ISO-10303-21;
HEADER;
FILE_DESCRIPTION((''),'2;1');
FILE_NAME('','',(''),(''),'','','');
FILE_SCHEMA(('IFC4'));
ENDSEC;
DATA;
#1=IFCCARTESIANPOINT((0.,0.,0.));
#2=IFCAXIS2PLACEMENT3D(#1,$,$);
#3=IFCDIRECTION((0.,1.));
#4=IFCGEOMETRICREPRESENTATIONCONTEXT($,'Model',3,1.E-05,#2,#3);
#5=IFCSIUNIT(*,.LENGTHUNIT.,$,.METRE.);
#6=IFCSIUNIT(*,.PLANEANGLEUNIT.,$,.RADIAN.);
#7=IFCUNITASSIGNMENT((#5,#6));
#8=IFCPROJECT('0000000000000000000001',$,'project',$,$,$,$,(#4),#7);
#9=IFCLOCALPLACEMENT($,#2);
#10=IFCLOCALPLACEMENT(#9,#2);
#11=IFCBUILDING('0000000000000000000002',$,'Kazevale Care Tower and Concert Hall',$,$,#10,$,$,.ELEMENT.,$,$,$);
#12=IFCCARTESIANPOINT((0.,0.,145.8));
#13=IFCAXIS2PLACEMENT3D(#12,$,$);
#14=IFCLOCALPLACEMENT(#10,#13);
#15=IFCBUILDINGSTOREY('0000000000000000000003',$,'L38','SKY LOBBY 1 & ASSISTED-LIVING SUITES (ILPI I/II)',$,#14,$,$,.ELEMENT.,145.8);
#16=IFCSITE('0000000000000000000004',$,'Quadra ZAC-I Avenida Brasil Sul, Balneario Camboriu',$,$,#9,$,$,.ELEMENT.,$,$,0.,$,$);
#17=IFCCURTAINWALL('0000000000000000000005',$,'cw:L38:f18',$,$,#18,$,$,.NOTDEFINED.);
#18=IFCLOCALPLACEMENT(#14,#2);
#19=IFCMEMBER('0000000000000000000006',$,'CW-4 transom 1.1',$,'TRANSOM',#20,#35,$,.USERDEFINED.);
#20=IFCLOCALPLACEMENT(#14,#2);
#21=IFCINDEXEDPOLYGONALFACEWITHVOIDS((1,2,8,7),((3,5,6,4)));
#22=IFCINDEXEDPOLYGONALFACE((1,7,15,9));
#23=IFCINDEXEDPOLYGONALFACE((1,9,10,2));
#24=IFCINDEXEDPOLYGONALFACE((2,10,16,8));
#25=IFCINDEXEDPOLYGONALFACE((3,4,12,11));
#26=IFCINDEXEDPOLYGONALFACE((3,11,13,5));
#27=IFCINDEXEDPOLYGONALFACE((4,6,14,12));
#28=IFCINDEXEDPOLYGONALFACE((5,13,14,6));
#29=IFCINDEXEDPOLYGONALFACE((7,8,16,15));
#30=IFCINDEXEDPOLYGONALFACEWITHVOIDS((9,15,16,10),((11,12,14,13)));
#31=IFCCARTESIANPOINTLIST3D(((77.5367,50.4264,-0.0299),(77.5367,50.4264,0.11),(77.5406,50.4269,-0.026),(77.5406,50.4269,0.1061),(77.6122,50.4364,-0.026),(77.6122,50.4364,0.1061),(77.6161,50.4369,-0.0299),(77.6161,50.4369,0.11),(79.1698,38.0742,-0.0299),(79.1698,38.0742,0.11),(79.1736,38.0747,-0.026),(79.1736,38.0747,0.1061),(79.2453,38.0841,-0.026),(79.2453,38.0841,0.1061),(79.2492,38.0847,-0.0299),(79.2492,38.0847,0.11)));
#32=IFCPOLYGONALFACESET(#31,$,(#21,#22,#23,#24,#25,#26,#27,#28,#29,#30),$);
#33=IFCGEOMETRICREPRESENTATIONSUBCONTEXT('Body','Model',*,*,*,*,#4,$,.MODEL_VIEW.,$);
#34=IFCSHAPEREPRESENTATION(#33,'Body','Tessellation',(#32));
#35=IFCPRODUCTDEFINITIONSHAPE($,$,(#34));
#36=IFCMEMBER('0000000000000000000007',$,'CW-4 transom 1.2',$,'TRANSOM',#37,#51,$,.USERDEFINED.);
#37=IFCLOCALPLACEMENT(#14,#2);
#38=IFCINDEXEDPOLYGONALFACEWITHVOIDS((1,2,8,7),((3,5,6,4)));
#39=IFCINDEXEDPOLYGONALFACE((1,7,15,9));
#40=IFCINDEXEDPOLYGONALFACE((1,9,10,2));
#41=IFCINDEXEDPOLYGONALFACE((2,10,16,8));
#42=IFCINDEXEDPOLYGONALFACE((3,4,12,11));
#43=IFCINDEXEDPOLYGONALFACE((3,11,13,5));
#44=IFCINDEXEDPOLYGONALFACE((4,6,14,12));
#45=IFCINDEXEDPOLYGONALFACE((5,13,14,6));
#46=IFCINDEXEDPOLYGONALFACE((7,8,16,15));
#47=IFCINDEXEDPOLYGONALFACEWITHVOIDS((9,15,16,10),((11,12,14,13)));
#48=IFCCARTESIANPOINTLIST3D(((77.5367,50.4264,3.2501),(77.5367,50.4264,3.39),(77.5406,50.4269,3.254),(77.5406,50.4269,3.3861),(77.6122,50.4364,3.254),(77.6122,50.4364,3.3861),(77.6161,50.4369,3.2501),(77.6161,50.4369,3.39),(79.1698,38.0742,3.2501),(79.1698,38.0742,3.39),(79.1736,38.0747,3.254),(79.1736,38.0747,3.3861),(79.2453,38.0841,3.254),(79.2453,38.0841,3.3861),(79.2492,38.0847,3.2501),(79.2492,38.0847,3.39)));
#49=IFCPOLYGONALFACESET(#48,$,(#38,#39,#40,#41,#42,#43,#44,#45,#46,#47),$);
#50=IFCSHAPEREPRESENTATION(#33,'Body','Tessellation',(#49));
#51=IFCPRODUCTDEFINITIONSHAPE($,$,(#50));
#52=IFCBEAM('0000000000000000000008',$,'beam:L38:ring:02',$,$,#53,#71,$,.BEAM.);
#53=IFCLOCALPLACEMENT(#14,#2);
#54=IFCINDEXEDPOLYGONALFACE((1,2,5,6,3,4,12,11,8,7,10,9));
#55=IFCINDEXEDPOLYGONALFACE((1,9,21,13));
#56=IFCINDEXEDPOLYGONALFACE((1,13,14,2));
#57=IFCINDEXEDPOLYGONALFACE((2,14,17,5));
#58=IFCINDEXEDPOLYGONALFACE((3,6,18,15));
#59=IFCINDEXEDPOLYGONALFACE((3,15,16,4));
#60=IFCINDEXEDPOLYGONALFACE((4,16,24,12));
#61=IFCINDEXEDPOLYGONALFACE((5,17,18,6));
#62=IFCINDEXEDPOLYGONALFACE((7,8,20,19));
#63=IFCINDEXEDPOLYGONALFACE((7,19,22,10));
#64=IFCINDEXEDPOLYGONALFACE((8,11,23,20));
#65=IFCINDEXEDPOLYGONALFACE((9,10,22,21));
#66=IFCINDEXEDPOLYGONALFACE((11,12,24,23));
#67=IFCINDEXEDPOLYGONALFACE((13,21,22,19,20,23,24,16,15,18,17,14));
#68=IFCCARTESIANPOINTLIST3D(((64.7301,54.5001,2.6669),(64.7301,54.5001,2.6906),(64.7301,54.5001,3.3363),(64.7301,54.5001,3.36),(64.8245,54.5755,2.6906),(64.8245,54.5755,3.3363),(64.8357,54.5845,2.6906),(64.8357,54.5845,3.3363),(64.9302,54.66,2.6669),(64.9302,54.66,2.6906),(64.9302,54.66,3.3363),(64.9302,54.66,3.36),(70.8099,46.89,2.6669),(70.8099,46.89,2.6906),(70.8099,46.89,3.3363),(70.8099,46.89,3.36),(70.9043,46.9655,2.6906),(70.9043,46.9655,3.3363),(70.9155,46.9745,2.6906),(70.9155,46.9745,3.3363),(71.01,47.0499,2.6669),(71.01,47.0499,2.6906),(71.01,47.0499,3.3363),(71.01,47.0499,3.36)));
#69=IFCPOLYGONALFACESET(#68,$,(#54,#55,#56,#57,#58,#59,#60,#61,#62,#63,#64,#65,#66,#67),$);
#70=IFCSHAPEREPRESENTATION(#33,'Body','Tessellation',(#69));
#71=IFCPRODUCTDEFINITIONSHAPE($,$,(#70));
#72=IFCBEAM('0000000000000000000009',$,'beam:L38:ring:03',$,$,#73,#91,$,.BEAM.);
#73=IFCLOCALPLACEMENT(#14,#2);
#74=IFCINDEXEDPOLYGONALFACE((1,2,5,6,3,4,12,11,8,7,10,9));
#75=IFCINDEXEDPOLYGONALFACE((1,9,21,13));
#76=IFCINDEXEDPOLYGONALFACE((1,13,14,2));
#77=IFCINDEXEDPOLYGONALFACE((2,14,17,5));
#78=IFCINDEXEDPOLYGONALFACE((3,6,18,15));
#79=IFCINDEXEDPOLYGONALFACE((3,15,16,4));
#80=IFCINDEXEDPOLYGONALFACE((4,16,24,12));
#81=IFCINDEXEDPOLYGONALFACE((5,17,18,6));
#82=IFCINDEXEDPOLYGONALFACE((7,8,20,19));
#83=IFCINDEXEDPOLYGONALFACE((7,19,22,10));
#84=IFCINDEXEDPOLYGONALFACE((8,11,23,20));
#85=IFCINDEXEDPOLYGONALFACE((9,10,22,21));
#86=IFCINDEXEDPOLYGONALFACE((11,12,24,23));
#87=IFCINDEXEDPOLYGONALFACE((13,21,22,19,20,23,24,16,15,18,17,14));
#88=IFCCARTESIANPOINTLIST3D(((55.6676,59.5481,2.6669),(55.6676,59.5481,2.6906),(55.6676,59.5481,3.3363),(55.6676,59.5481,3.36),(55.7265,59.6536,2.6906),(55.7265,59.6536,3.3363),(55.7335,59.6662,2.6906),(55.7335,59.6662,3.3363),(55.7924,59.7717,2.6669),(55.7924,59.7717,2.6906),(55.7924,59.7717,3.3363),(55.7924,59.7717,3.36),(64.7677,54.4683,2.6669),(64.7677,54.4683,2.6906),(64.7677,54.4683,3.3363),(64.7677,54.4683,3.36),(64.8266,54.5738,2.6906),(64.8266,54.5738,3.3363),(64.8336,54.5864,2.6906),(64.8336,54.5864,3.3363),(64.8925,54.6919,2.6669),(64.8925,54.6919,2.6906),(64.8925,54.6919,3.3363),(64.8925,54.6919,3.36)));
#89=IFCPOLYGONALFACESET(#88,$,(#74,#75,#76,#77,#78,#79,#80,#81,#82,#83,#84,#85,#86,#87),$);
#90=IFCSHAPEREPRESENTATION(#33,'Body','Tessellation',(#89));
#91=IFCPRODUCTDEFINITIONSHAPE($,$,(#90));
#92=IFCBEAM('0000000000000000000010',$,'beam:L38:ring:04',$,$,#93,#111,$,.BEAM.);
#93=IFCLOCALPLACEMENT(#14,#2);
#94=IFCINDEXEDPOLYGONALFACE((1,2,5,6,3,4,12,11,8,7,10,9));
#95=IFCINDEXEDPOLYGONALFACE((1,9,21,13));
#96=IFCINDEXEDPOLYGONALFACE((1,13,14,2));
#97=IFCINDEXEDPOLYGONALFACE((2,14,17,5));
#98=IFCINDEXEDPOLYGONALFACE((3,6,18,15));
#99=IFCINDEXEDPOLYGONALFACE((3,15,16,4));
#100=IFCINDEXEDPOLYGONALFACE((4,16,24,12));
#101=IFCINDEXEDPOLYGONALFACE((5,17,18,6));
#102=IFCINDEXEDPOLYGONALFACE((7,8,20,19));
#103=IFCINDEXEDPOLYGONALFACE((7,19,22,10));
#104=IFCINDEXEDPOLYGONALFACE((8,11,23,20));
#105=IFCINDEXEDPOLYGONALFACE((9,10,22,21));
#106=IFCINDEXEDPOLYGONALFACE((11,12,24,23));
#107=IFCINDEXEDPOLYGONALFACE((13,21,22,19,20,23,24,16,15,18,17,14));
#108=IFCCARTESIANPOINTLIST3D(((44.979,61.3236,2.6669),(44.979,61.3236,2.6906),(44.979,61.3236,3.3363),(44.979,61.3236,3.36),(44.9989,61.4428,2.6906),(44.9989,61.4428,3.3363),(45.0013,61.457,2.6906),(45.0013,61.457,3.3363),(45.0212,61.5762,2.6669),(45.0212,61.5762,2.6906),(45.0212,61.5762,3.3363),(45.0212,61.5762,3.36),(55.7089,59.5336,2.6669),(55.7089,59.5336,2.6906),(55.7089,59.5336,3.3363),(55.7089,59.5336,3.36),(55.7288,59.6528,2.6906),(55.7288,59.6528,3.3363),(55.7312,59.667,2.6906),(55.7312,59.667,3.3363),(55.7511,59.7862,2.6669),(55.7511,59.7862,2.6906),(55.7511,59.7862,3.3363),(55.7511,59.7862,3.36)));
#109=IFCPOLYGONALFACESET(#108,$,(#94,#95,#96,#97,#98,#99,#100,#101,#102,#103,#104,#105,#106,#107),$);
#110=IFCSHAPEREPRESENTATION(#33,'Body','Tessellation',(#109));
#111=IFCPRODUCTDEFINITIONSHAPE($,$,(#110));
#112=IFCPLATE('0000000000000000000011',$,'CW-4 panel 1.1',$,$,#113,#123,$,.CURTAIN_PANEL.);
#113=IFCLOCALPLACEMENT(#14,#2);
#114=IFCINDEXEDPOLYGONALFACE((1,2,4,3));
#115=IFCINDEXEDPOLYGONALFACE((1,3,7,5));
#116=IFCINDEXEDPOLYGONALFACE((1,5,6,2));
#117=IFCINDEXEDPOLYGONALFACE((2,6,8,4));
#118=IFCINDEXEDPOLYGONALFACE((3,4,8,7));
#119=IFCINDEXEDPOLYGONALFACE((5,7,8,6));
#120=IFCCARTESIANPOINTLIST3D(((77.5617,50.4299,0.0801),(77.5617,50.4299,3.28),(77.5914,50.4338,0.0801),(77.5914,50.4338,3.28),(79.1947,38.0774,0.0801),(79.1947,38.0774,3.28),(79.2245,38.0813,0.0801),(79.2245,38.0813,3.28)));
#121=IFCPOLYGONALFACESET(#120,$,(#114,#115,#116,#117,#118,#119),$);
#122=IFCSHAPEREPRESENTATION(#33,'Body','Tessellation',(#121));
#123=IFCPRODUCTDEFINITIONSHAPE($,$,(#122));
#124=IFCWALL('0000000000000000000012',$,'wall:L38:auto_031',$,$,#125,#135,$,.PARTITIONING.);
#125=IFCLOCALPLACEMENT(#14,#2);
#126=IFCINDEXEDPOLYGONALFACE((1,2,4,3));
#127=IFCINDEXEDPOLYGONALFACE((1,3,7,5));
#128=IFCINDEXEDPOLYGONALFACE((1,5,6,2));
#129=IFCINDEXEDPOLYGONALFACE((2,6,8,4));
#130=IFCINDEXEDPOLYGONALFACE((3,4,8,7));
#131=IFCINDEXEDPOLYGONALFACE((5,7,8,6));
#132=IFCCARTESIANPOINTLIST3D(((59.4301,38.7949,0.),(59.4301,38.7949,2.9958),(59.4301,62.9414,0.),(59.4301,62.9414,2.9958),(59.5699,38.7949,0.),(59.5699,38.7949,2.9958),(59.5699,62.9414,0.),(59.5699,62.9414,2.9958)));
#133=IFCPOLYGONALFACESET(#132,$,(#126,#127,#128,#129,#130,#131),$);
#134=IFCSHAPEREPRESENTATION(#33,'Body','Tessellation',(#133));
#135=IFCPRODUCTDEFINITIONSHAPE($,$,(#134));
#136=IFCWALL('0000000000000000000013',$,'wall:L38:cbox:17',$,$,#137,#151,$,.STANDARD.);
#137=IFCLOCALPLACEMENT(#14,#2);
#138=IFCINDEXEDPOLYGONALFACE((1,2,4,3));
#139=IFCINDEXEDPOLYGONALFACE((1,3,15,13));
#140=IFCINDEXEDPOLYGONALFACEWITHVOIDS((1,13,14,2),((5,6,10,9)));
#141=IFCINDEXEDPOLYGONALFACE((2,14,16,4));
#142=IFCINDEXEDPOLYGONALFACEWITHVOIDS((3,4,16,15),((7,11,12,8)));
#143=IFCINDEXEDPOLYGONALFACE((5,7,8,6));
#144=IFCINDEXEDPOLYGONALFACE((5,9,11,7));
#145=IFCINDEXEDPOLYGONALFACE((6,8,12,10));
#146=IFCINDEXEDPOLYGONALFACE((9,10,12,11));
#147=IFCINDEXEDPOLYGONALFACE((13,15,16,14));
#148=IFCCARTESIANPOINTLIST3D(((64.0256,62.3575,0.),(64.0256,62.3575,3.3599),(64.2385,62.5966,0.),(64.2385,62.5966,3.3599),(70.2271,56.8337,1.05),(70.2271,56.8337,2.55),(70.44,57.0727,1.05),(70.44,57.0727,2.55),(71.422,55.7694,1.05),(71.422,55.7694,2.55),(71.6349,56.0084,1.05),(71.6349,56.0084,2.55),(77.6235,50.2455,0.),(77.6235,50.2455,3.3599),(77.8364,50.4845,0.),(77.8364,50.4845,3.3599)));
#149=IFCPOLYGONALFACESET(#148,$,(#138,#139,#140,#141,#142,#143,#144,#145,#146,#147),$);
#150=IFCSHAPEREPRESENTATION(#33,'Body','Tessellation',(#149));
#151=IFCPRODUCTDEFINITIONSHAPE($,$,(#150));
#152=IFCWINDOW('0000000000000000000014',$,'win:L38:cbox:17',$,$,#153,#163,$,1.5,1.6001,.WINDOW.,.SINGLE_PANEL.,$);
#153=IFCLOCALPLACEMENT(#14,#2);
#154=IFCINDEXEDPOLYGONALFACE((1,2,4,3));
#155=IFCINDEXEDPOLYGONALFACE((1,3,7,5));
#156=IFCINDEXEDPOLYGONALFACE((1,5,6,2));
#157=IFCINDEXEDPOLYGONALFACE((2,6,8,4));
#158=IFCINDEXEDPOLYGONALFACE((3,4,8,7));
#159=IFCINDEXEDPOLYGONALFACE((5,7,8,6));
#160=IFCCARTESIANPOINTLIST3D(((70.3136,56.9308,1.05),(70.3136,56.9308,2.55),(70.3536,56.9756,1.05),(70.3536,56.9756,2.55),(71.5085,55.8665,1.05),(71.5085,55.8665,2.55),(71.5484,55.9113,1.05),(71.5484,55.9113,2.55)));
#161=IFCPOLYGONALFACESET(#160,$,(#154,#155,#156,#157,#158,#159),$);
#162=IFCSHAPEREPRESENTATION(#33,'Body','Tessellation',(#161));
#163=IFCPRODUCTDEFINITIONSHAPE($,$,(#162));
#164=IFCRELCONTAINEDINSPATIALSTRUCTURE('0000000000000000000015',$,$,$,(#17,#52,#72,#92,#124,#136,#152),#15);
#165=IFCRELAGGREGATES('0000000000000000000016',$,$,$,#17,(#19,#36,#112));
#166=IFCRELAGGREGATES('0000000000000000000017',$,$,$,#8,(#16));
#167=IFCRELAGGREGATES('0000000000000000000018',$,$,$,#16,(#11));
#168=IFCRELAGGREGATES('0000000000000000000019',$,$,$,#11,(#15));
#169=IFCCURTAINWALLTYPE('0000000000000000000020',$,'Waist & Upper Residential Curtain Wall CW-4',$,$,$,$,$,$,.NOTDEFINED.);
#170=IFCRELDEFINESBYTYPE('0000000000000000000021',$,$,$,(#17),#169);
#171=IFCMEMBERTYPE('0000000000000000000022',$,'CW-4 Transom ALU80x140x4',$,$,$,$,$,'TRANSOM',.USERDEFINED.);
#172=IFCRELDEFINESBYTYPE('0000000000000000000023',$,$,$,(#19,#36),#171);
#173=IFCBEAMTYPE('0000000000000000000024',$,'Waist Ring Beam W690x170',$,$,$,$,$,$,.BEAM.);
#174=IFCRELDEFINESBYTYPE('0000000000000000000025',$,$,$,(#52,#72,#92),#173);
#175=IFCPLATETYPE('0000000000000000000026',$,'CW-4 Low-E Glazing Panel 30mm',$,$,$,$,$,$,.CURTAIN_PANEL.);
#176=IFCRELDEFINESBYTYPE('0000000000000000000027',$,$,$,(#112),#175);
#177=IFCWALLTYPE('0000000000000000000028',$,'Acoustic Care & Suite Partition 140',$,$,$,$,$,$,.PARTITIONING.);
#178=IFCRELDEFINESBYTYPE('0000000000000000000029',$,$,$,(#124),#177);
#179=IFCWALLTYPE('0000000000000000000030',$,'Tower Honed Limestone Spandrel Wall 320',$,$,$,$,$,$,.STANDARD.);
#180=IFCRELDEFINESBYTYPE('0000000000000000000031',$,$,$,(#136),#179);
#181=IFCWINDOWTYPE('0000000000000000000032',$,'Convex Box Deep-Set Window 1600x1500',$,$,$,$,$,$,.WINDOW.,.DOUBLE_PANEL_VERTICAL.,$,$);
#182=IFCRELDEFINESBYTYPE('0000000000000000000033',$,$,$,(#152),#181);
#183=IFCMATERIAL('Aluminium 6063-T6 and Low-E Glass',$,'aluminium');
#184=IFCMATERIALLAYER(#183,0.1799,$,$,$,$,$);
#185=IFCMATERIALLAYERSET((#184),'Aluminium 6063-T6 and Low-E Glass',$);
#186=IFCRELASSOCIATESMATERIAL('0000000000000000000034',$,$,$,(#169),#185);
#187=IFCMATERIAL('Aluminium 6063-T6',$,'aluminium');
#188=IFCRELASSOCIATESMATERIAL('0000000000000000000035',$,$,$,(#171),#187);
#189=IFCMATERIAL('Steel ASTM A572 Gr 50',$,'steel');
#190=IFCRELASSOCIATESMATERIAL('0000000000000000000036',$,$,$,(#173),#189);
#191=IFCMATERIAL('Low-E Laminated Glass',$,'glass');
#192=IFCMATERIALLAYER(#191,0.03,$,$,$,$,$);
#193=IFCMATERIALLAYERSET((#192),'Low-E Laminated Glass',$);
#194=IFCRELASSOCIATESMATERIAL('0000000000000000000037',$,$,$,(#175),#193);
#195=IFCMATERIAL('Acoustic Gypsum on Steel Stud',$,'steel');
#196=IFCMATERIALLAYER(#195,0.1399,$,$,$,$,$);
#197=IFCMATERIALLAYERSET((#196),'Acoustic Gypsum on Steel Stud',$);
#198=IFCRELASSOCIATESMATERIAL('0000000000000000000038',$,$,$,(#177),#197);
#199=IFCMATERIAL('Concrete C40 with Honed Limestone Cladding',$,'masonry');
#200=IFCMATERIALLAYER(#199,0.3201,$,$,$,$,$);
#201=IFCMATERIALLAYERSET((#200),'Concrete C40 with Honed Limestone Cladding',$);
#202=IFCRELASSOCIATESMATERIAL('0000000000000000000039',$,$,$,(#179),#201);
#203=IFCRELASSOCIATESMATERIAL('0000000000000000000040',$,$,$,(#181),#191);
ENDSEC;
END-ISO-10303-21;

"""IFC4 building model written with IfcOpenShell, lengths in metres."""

from ifc_helpers import new_model, si_unit, direction, frame, frame_2d, origin, origin_2d, place, context, subcontext, project, spatial, rectangle, hollow_rectangle, i_section, extrude, material, layer, layer_set, material_profile, profile_set, type_object, element, fill, aggregate, save


model = new_model("IFC4")

# Units and contexts
model_context = context("Model", 3, precision=1e-05, world=origin(), true_north=direction((0.0, 1.0)))
body_context = subcontext(model_context, "Body", "Model", "MODEL_VIEW")
ifc_project = project(units=[si_unit("LENGTHUNIT", "METRE"), si_unit("PLANEANGLEUNIT", "RADIAN")], contexts=[model_context])

# Site, building, storey
site_placement = place(None, origin())
site = spatial("IfcSite", under=ifc_project, at=site_placement, Name="Quadra ZAC-I Avenida Brasil Sul, Balneario Camboriu", CompositionType="ELEMENT", RefElevation=0.0)
building_placement = place(site_placement, origin())
building = spatial("IfcBuilding", under=site, at=building_placement, Name="Kazevale Care Tower and Concert Hall", CompositionType="ELEMENT")
storey_placement = place(building_placement, frame((0.0, 0.0, 145.8)))
storey = spatial("IfcBuildingStorey", under=building, at=storey_placement, Name="L38", Description="SKY LOBBY 1 & ASSISTED-LIVING SUITES (ILPI I/II)", CompositionType="ELEMENT", Elevation=145.8)

# Shared definitions
ifc_material_1 = material(Name="Aluminium 6063-T6 and Low-E Glass", Category="aluminium")
ifc_material_2 = material(Name="Aluminium 6063-T6", Category="aluminium")

# Curtain wall, members
ifc_layer_1 = layer(ifc_material_1, 0.1799)
ifc_layer_set_1 = layer_set([ifc_layer_1], Name="Aluminium 6063-T6 and Low-E Glass")
curtain_wall_type_1 = type_object("IfcCurtainWallType", Name="Waist & Upper Residential Curtain Wall CW-4", PredefinedType="NOTDEFINED", material=ifc_layer_set_1)
curtain_wall_1_placement = place(storey_placement, origin())
curtain_wall_1 = element("IfcCurtainWall", 1, at=curtain_wall_1_placement, inside=storey, type_object=curtain_wall_type_1, Name="cw:L38:f18", PredefinedType="NOTDEFINED")
ifc_material_profile_1 = material_profile(ifc_material_2, hollow_rectangle(XDim=0.0801, YDim=0.1399, WallThickness=0.0039, at=origin_2d()), Name="ALU80x140x4")
ifc_profile_set_1 = profile_set([ifc_material_profile_1], Name="Aluminium 6063-T6")
member_type_1 = type_object("IfcMemberType", Name="CW-4 Transom ALU80x140x4", ElementType="TRANSOM", PredefinedType="USERDEFINED", material=ifc_profile_set_1)
member_1_placement = place(storey_placement, frame((77.5764, 50.4316, 0.04), z_axis=(0.131066, -0.991374, 0.0), x_axis=(0.991374, 0.131066, 0.0)))
member_1 = element("IfcMember", 2, at=member_1_placement, type_object=member_type_1, Name="CW-4 transom 1.1", ObjectType="TRANSOM", PredefinedType="USERDEFINED", context=body_context, shape_type="SweptSolid", body=[
    extrude(hollow_rectangle(XDim=0.0801, YDim=0.1399, WallThickness=0.0039, at=origin_2d()), origin(), (0.0, 0.0, 1.0), 12.4597),
])
member_2_placement = place(storey_placement, frame((77.5764, 50.4316, 3.3201), z_axis=(0.131066, -0.991374, 0.0), x_axis=(0.991374, 0.131066, 0.0)))
member_2 = element("IfcMember", 3, at=member_2_placement, type_object=member_type_1, Name="CW-4 transom 1.2", ObjectType="TRANSOM", PredefinedType="USERDEFINED", context=body_context, shape_type="SweptSolid", body=[
    extrude(hollow_rectangle(XDim=0.0801, YDim=0.1399, WallThickness=0.0039, at=origin_2d()), origin(), (0.0, 0.0, 1.0), 12.4597),
])

# Beams
ifc_material_3 = material(Name="Steel ASTM A572 Gr 50", Category="steel")
ifc_material_profile_2 = material_profile(ifc_material_3, i_section(OverallWidth=0.2561, OverallDepth=0.6931, WebThickness=0.0144, FlangeThickness=0.0237, at=origin_2d()), Name="W690x170")
ifc_profile_set_2 = profile_set([ifc_material_profile_2], Name="Steel ASTM A572 Gr 50")
beam_type = type_object("IfcBeamType", Name="Waist Ring Beam W690x170", PredefinedType="BEAM", material=ifc_profile_set_2)
beam_1_placement = place(storey_placement, frame((70.9099, 46.97, 3.0134), z_axis=(-0.624178, 0.781282, 0.0), x_axis=(-0.781282, -0.624178, 0.0)))
element("IfcBeam", 4, at=beam_1_placement, inside=storey, type_object=beam_type, Name="beam:L38:ring:02", PredefinedType="BEAM", context=body_context, shape_type="SweptSolid", body=[
    extrude(i_section(OverallWidth=0.2561, OverallDepth=0.6931, WebThickness=0.0144, FlangeThickness=0.0237, at=origin_2d()), origin(), (0.0, 0.0, 1.0), 9.7405),
])
beam_2_placement = place(storey_placement, frame((64.8301, 54.5801, 3.0134), z_axis=(-0.873169, 0.487418, 0.0), x_axis=(-0.487418, -0.873169, 0.0)))
element("IfcBeam", 5, at=beam_2_placement, inside=storey, type_object=beam_type, Name="beam:L38:ring:03", PredefinedType="BEAM", context=body_context, shape_type="SweptSolid", body=[
    extrude(i_section(OverallWidth=0.2561, OverallDepth=0.6931, WebThickness=0.0144, FlangeThickness=0.0237, at=origin_2d()), origin(), (0.0, 0.0, 1.0), 10.4219),
])
beam_3_placement = place(storey_placement, frame((55.73, 59.6599, 3.0134), z_axis=(-0.986368, 0.164552, 0.0), x_axis=(-0.164552, -0.986368, 0.0)))
element("IfcBeam", 6, at=beam_3_placement, inside=storey, type_object=beam_type, Name="beam:L38:ring:04", PredefinedType="BEAM", context=body_context, shape_type="SweptSolid", body=[
    extrude(i_section(OverallWidth=0.2561, OverallDepth=0.6931, WebThickness=0.0144, FlangeThickness=0.0237, at=origin_2d()), origin(), (0.0, 0.0, 1.0), 10.8782),
])

# Plate
ifc_material_4 = material(Name="Low-E Laminated Glass", Category="glass")
ifc_layer_2 = layer(ifc_material_4, 0.03)
ifc_layer_set_2 = layer_set([ifc_layer_2], Name="Low-E Laminated Glass")
plate_type = type_object("IfcPlateType", Name="CW-4 Low-E Glazing Panel 30mm", PredefinedType="CURTAIN_PANEL", material=ifc_layer_set_2)
plate_placement = place(storey_placement, frame((78.3931, 44.2556, 0.0801), z_axis=(0.0, 0.0, 1.0), x_axis=(0.131063, -0.991374, 0.0)))
plate = element("IfcPlate", 7, at=plate_placement, type_object=plate_type, Name="CW-4 panel 1.1", PredefinedType="CURTAIN_PANEL", context=body_context, shape_type="SweptSolid", body=[
    extrude(rectangle(XDim=12.46, YDim=0.03, at=origin_2d()), origin(), (0.0, 0.0, 1.0), 3.2),
])
aggregate(curtain_wall_1, [member_1, member_2, plate])

# Wall
ifc_material_5 = material(Name="Acoustic Gypsum on Steel Stud", Category="steel")
ifc_layer_3 = layer(ifc_material_5, 0.1399)
ifc_layer_set_3 = layer_set([ifc_layer_3], Name="Acoustic Gypsum on Steel Stud")
wall_type_1 = type_object("IfcWallType", Name="Acoustic Care & Suite Partition 140", PredefinedType="PARTITIONING", material=ifc_layer_set_3)
wall_1_placement = place(storey_placement, frame((59.5, 62.9414, 0.0), z_axis=(0.0, 0.0, 1.0), x_axis=(0.0, -1.0, 0.0)))
element("IfcWall", 8, at=wall_1_placement, inside=storey, type_object=wall_type_1, Name="wall:L38:auto_031", PredefinedType="PARTITIONING", context=body_context, shape_type="SweptSolid", body=[
    extrude(rectangle(XDim=24.1465, YDim=0.1399, at=frame_2d((12.0732, 0.0))), origin(), (0.0, 0.0, 1.0), 2.9958),
])

# Wall, opening, window
ifc_material_6 = material(Name="Concrete C40 with Honed Limestone Cladding", Category="masonry")
ifc_layer_4 = layer(ifc_material_6, 0.3201)
ifc_layer_set_4 = layer_set([ifc_layer_4], Name="Concrete C40 with Honed Limestone Cladding")
wall_type_2 = type_object("IfcWallType", Name="Tower Honed Limestone Spandrel Wall 320", PredefinedType="STANDARD", material=ifc_layer_set_4)
wall_2_placement = place(storey_placement, frame((64.1321, 62.4771, 0.0), z_axis=(0.0, 0.0, 1.0), x_axis=(0.746726, -0.665132, 0.0)))
wall_2 = element("IfcWall", 9, at=wall_2_placement, inside=storey, type_object=wall_type_2, Name="wall:L38:cbox:17", PredefinedType="STANDARD", context=body_context, shape_type="SweptSolid", body=[
    extrude(rectangle(XDim=18.21, YDim=0.3201, at=frame_2d((9.105, 0.0))), origin(), (0.0, 0.0, 1.0), 3.3599),
])
opening_placement = place(wall_2_placement, frame((8.3049, 0.0, 1.05)))
opening = element("IfcOpeningElement", 10, at=opening_placement, cuts=wall_2, PredefinedType="OPENING", context=body_context, shape_type="SweptSolid", body=[
    extrude(rectangle(XDim=1.6001, YDim=1.5, at=frame_2d((0.8, 0.75))), frame((0.0, 0.1699, 0.0), z_axis=(0.0, -1.0, 0.0), x_axis=(1.0, 0.0, 0.0)), (0.0, 0.0, 1.0), 0.3401),
])
window_type = type_object("IfcWindowType", Name="Convex Box Deep-Set Window 1600x1500", PartitioningType="DOUBLE_PANEL_VERTICAL", PredefinedType="WINDOW", material=ifc_material_4)
window_placement = place(opening_placement, origin())
window = element("IfcWindow", 11, at=window_placement, inside=storey, type_object=window_type, Name="win:L38:cbox:17", OverallHeight=1.5, OverallWidth=1.6001, PartitioningType="SINGLE_PANEL", PredefinedType="WINDOW", context=body_context, shape_type="SweptSolid", body=[
    extrude(rectangle(XDim=1.6001, YDim=1.5, at=frame_2d((0.8, 0.75))), frame((0.0, 0.03, 0.0), z_axis=(0.0, -1.0, 0.0), x_axis=(1.0, 0.0, 0.0)), (0.0, 0.0, 1.0), 0.0601),
])
fill(opening, window)

save(model, "model.ifc")
